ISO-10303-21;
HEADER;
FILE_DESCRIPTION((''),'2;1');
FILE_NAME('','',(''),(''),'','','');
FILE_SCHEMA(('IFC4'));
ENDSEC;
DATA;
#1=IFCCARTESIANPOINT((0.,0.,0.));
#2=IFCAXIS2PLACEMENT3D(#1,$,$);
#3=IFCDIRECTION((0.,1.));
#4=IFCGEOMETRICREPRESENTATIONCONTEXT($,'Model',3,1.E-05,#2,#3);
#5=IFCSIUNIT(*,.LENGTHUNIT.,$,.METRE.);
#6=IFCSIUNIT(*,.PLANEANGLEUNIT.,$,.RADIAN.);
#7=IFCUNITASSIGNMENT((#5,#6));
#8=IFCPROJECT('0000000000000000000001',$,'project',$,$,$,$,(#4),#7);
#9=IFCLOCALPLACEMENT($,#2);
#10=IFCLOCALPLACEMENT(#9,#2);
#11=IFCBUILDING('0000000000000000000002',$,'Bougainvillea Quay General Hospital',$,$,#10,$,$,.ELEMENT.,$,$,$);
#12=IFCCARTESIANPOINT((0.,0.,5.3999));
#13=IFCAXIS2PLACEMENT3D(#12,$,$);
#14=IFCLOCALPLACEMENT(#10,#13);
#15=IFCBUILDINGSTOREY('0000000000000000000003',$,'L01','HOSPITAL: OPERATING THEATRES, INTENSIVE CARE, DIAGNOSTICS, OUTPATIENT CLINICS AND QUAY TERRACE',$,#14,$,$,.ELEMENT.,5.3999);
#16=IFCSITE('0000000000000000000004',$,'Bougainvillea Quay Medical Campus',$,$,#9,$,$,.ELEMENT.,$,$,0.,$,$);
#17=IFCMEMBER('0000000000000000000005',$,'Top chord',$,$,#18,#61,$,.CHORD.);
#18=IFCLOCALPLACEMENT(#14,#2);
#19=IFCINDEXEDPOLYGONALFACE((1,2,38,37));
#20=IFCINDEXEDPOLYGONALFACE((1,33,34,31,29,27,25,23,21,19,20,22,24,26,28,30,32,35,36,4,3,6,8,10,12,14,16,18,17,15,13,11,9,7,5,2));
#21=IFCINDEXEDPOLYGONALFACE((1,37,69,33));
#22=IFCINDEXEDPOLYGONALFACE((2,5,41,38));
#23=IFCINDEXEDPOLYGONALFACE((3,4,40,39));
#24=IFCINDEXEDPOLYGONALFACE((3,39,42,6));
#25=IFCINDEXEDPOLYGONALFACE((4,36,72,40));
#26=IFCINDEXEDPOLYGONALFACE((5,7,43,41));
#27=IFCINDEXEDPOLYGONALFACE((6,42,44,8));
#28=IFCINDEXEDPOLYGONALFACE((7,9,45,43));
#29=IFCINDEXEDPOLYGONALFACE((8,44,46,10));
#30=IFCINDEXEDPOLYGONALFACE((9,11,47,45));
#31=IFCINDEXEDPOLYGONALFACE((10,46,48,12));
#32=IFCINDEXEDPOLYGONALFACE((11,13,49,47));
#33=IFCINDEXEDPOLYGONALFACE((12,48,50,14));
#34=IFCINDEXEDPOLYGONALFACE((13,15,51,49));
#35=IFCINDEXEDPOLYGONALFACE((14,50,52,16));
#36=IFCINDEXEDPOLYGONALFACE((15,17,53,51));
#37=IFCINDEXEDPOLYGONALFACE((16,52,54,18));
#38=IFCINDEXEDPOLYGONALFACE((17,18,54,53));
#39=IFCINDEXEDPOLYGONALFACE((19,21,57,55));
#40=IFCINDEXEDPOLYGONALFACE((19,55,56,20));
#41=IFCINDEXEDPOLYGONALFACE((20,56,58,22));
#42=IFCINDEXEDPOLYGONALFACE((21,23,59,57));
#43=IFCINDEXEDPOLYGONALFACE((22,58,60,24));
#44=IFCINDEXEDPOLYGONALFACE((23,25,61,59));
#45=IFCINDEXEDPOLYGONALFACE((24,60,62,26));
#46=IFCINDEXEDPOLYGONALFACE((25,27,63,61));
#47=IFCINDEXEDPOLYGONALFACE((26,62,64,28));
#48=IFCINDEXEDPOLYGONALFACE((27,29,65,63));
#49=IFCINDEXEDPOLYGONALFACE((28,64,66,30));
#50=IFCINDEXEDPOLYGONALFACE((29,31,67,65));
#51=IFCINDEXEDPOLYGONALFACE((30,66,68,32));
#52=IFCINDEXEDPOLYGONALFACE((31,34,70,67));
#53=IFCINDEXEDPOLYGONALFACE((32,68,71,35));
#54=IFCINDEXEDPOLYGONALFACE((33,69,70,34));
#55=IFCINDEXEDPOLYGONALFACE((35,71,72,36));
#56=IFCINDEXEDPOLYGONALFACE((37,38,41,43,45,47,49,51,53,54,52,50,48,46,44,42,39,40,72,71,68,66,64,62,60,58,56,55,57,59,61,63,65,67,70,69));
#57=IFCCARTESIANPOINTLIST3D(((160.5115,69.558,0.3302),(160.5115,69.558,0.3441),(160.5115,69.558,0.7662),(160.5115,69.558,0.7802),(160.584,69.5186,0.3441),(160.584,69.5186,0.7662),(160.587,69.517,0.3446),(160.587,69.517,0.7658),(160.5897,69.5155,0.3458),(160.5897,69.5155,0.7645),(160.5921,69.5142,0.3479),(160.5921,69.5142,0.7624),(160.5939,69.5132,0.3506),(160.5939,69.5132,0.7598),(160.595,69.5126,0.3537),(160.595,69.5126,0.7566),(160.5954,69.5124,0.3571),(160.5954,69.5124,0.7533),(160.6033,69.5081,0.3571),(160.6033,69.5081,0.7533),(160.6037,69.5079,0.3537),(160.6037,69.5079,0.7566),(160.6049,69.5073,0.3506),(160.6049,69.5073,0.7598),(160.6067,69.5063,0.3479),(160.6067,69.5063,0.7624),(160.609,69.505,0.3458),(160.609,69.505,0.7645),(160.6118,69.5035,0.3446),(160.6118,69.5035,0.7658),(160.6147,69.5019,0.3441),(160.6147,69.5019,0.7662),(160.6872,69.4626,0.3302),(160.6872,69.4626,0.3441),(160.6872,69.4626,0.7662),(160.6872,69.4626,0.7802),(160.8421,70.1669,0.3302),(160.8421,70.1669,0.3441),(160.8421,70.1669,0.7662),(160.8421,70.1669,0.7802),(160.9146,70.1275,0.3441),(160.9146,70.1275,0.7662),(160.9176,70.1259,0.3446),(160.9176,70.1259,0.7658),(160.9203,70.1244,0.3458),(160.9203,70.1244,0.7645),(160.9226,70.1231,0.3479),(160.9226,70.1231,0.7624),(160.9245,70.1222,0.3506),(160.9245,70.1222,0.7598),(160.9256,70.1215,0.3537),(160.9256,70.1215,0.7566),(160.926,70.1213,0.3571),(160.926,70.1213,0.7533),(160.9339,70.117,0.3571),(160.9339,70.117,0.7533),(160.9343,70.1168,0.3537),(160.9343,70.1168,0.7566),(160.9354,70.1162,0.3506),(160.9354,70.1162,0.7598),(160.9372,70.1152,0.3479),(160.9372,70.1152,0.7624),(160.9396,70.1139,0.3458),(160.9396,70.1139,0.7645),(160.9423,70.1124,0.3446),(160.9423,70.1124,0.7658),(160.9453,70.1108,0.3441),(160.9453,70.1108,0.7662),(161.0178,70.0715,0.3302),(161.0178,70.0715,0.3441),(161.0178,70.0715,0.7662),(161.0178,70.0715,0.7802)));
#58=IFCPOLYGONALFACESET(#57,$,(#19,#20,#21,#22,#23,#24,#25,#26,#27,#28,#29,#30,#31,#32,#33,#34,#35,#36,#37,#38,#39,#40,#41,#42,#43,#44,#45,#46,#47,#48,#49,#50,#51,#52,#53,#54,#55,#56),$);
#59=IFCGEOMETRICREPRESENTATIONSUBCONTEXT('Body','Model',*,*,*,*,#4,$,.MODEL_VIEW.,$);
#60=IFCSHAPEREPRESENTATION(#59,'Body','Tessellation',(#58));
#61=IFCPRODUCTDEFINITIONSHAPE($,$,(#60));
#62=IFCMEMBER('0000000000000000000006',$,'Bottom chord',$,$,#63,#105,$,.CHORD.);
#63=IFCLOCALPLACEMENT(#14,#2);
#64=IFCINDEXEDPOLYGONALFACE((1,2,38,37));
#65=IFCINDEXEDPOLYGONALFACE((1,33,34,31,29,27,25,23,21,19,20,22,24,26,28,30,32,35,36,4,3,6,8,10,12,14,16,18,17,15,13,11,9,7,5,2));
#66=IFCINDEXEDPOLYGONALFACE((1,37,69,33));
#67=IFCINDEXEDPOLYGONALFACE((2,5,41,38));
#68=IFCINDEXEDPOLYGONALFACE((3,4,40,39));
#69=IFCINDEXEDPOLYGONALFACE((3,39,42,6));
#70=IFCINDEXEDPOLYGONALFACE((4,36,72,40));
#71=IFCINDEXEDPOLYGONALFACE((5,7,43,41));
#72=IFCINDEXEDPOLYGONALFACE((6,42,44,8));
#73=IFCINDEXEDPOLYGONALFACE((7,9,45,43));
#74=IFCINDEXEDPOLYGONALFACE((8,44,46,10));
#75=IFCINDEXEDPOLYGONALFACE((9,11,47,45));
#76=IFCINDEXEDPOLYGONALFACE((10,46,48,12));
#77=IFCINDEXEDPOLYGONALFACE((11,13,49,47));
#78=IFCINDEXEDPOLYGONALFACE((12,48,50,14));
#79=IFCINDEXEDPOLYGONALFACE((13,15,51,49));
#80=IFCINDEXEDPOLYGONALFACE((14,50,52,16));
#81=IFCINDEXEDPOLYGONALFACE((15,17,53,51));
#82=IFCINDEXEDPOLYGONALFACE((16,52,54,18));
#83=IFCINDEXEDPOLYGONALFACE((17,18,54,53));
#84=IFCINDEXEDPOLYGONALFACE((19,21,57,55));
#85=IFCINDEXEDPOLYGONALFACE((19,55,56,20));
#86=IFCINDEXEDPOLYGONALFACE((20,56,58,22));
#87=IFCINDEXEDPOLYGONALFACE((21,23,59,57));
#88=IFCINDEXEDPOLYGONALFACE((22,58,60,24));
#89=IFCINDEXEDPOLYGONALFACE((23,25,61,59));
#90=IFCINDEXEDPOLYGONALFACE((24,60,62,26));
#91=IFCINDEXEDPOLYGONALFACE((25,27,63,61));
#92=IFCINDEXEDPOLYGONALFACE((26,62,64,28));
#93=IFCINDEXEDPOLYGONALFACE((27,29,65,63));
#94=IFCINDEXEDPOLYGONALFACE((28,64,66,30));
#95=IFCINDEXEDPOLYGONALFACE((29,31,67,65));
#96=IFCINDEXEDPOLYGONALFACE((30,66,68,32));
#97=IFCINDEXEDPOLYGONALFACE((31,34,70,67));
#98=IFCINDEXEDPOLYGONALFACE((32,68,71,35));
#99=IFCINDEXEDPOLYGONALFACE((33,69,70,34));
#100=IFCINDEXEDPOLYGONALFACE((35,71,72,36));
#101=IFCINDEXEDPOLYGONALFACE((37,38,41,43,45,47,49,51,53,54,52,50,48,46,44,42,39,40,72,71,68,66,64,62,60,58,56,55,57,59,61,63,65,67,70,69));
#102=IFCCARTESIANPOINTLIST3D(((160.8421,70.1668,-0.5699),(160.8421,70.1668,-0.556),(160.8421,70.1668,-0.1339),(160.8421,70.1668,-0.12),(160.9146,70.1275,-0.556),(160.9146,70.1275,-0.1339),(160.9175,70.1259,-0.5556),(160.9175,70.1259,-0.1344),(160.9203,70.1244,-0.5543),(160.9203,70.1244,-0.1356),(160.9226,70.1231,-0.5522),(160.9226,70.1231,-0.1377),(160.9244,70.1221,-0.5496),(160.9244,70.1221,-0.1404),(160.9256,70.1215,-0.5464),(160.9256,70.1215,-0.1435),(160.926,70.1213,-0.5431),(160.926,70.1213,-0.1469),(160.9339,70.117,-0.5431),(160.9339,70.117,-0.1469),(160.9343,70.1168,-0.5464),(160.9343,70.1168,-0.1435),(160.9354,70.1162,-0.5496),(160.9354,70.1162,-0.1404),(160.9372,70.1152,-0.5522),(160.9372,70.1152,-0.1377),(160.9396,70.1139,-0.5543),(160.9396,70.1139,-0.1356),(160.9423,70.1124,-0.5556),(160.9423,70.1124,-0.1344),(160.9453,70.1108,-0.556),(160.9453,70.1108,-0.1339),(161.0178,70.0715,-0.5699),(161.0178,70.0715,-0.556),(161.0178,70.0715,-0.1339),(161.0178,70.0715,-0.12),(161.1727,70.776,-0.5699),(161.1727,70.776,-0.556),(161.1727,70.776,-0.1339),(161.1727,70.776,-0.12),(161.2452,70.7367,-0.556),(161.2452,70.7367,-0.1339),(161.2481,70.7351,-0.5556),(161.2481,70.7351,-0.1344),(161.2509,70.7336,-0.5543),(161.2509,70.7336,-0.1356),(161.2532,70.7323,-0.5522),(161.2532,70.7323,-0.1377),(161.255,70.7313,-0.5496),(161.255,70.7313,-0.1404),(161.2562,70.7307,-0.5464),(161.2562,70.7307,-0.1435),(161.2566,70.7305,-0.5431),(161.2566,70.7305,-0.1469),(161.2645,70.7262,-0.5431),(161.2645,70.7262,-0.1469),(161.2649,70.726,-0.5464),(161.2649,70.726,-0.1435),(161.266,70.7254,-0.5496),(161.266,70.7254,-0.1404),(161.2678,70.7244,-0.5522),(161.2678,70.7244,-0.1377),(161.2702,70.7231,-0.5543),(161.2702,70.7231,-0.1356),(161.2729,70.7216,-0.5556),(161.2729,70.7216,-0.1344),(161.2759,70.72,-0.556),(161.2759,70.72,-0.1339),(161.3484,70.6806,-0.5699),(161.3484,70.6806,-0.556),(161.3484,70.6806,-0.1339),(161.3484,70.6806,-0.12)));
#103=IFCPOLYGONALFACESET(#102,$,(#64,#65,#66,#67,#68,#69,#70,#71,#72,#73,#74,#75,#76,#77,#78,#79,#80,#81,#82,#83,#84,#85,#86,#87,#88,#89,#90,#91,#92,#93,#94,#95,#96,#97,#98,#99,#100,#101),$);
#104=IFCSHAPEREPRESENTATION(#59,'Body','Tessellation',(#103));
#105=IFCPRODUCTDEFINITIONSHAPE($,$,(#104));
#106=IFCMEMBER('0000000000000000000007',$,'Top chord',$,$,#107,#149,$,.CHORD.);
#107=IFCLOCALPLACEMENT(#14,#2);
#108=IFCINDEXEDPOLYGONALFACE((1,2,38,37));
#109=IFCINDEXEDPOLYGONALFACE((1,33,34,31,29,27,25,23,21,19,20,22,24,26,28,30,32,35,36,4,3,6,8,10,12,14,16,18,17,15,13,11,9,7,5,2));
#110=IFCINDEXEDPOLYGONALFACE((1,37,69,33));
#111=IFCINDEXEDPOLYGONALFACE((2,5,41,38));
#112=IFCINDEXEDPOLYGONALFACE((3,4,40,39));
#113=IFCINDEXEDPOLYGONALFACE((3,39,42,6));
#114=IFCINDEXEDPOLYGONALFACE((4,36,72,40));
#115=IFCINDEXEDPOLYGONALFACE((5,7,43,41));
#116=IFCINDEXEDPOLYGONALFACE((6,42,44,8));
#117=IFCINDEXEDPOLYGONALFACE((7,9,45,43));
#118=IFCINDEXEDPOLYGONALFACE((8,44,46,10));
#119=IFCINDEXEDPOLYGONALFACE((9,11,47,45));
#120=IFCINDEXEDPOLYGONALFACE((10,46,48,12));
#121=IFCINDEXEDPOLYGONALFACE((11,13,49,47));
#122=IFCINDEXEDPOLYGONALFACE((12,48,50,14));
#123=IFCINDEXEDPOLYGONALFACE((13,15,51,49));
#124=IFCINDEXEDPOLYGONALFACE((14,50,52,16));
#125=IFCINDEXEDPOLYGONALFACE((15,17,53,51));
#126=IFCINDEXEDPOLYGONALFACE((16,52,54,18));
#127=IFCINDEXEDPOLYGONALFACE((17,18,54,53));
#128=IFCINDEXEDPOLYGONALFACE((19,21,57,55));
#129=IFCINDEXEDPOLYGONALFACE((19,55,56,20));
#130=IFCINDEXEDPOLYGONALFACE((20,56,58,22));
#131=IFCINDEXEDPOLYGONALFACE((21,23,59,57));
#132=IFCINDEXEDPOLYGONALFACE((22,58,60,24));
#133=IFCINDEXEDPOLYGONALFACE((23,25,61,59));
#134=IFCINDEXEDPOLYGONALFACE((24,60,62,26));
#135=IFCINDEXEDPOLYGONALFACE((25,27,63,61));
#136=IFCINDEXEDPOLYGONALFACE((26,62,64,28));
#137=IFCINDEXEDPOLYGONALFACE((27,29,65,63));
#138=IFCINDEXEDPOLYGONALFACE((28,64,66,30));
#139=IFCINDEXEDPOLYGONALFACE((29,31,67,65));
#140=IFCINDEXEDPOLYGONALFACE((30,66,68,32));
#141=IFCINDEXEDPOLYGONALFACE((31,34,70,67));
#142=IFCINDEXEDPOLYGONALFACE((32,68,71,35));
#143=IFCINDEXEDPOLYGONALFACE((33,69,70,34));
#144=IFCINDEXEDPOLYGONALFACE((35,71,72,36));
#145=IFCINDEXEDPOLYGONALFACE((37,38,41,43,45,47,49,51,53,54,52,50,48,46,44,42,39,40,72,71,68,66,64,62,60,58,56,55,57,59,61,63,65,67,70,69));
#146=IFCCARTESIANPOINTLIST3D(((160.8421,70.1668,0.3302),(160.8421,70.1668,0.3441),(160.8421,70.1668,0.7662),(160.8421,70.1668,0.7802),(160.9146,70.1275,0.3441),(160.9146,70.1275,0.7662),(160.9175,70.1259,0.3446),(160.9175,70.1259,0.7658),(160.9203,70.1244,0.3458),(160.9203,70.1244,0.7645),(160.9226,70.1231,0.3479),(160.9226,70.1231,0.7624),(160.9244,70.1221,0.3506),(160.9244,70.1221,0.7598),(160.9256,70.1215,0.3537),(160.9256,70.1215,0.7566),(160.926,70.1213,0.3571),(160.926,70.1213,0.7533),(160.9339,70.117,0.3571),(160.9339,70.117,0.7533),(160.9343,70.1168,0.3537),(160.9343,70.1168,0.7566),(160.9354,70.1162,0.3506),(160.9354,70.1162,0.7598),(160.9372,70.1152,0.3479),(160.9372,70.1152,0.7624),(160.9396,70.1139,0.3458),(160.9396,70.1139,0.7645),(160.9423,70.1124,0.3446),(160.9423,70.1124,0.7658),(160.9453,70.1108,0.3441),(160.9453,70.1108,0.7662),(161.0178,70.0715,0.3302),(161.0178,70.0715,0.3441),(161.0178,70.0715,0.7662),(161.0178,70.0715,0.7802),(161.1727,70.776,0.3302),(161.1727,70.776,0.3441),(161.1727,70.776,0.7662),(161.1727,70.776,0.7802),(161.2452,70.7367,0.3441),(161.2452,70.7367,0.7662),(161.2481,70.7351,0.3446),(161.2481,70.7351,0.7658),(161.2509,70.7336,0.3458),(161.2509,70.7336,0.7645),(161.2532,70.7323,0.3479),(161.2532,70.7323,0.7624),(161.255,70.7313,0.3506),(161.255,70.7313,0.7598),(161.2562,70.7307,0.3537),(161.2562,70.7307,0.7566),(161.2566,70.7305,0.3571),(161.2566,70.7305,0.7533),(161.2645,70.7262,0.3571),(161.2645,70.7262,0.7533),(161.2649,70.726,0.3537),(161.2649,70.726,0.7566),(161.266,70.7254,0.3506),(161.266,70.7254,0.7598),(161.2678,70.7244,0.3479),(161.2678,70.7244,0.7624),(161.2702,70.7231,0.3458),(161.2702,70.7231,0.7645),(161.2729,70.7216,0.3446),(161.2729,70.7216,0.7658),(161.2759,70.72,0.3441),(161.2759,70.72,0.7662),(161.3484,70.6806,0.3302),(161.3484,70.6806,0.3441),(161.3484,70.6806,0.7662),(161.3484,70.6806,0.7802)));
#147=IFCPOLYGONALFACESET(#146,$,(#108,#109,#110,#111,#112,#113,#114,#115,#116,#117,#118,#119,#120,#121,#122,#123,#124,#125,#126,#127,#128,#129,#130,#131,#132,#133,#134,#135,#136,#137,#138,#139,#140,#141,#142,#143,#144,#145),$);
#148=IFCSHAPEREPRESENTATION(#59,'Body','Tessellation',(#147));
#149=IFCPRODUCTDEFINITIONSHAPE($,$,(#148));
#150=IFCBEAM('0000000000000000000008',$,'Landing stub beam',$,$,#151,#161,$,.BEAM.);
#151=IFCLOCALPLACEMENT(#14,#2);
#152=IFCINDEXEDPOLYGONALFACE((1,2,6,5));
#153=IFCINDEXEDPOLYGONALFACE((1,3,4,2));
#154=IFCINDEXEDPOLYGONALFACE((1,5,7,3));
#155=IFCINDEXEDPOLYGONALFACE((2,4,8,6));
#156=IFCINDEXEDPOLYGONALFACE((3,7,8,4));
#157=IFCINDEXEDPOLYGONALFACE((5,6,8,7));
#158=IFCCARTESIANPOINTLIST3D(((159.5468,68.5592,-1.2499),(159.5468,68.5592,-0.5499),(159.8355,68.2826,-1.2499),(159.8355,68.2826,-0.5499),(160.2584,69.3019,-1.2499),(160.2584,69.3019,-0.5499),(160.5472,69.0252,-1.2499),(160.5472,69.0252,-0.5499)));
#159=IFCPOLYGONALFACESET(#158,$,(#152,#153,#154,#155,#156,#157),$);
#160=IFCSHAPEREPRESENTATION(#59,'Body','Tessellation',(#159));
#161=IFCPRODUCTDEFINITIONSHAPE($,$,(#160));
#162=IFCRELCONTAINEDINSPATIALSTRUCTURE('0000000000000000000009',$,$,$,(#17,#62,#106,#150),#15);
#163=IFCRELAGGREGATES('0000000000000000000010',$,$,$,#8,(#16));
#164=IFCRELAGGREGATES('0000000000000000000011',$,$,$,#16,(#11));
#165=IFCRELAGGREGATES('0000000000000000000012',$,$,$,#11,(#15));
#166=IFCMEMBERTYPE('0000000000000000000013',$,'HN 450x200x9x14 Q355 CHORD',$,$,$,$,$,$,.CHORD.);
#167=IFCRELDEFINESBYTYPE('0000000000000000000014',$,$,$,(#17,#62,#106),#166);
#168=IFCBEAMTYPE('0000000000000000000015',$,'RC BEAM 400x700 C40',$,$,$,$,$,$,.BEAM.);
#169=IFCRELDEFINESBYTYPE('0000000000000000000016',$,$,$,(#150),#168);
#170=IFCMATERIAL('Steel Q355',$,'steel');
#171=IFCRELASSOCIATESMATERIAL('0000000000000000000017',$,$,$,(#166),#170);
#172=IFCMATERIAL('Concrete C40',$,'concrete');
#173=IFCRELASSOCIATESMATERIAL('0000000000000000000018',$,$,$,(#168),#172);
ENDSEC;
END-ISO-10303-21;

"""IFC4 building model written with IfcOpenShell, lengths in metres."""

from ifc_helpers import new_model, si_unit, direction, frame, origin, origin_2d, place, context, subcontext, project, spatial, rectangle, i_section, extrude, material, material_profile, profile_set, type_object, element, save


model = new_model("IFC4")

# Units and contexts
model_context = context("Model", 3, precision=1e-05, world=origin(), true_north=direction((0.0, 1.0)))
body_context = subcontext(model_context, "Body", "Model", "MODEL_VIEW")
ifc_project = project(units=[si_unit("LENGTHUNIT", "METRE"), si_unit("PLANEANGLEUNIT", "RADIAN")], contexts=[model_context])

# Site, building, storey
site_placement = place(None, origin())
site = spatial("IfcSite", under=ifc_project, at=site_placement, Name="Bougainvillea Quay Medical Campus", CompositionType="ELEMENT", RefElevation=0.0)
building_placement = place(site_placement, origin())
building = spatial("IfcBuilding", under=site, at=building_placement, Name="Bougainvillea Quay General Hospital", CompositionType="ELEMENT")
storey_placement = place(building_placement, frame((0.0, 0.0, 5.3999)))
storey = spatial("IfcBuildingStorey", under=building, at=storey_placement, Name="L01", Description="HOSPITAL: OPERATING THEATRES, INTENSIVE CARE, DIAGNOSTICS, OUTPATIENT CLINICS AND QUAY TERRACE", CompositionType="ELEMENT", Elevation=5.3999)

# Members
ifc_material_1 = material(Name="Steel Q355", Category="steel")
ifc_material_profile_1 = material_profile(ifc_material_1, i_section(OverallWidth=0.2, OverallDepth=0.45, WebThickness=0.009, FlangeThickness=0.0139, FilletRadius=0.0129, at=origin_2d()))
ifc_profile_set_1 = profile_set([ifc_material_profile_1], Name="Steel Q355")
member_type_1 = type_object("IfcMemberType", Name="HN 450x200x9x14 Q355 CHORD", PredefinedType="CHORD", material=ifc_profile_set_1)
for number, where, z_axis, x_axis, name in (
    (1, (160.5994, 69.5103, 0.5552), (0.477123, 0.878837, 0.0), (-0.878837, 0.477123, 0.0), "Top chord"),
):
    element("IfcMember", number, at=place(storey_placement, frame(where, z_axis=z_axis, x_axis=x_axis)), inside=storey, type_object=member_type_1, Name=name, PredefinedType="CHORD", context=body_context, shape_type="SweptSolid", body=[
        extrude(i_section(OverallWidth=0.2, OverallDepth=0.45, WebThickness=0.009, FlangeThickness=0.0139, FilletRadius=0.0129, at=origin_2d()), origin(), (0.0, 0.0, 1.0), 0.6929),
    ])
for number, where, z_axis, x_axis, name in (
    (2, (160.9299, 70.1191, -0.345), (0.476975, 0.878917, 0.0), (-0.878917, 0.476975, 0.0), "Bottom chord"),
    (3, (160.9299, 70.1191, 0.5552), (0.476975, 0.878917, 0.0), (-0.878917, 0.476975, 0.0), "Top chord"),
):
    element("IfcMember", number, at=place(storey_placement, frame(where, z_axis=z_axis, x_axis=x_axis)), inside=storey, type_object=member_type_1, Name=name, PredefinedType="CHORD", context=body_context, shape_type="SweptSolid", body=[
        extrude(i_section(OverallWidth=0.2, OverallDepth=0.45, WebThickness=0.009, FlangeThickness=0.0139, FilletRadius=0.0129, at=origin_2d()), origin(), (0.0, 0.0, 1.0), 0.6931),
    ])

# Beam
ifc_material_2 = material(Name="Concrete C40", Category="concrete")
ifc_material_profile_2 = material_profile(ifc_material_2, rectangle(XDim=0.3999, YDim=0.7, at=origin_2d()))
ifc_profile_set_2 = profile_set([ifc_material_profile_2], Name="Concrete C40")
beam_type = type_object("IfcBeamType", Name="RC BEAM 400x700 C40", PredefinedType="BEAM", material=ifc_profile_set_2)
beam_placement = place(storey_placement, frame((159.6912, 68.4209, -0.8999), z_axis=(0.691874, 0.722018, 0.0), x_axis=(-0.722018, 0.691874, 0.0)))
element("IfcBeam", 4, at=beam_placement, inside=storey, type_object=beam_type, Name="Landing stub beam", PredefinedType="BEAM", context=body_context, shape_type="SweptSolid", body=[
    extrude(rectangle(XDim=0.3999, YDim=0.7, at=origin_2d()), origin(), (0.0, 0.0, 1.0), 1.0286),
])

save(model, "model.ifc")
